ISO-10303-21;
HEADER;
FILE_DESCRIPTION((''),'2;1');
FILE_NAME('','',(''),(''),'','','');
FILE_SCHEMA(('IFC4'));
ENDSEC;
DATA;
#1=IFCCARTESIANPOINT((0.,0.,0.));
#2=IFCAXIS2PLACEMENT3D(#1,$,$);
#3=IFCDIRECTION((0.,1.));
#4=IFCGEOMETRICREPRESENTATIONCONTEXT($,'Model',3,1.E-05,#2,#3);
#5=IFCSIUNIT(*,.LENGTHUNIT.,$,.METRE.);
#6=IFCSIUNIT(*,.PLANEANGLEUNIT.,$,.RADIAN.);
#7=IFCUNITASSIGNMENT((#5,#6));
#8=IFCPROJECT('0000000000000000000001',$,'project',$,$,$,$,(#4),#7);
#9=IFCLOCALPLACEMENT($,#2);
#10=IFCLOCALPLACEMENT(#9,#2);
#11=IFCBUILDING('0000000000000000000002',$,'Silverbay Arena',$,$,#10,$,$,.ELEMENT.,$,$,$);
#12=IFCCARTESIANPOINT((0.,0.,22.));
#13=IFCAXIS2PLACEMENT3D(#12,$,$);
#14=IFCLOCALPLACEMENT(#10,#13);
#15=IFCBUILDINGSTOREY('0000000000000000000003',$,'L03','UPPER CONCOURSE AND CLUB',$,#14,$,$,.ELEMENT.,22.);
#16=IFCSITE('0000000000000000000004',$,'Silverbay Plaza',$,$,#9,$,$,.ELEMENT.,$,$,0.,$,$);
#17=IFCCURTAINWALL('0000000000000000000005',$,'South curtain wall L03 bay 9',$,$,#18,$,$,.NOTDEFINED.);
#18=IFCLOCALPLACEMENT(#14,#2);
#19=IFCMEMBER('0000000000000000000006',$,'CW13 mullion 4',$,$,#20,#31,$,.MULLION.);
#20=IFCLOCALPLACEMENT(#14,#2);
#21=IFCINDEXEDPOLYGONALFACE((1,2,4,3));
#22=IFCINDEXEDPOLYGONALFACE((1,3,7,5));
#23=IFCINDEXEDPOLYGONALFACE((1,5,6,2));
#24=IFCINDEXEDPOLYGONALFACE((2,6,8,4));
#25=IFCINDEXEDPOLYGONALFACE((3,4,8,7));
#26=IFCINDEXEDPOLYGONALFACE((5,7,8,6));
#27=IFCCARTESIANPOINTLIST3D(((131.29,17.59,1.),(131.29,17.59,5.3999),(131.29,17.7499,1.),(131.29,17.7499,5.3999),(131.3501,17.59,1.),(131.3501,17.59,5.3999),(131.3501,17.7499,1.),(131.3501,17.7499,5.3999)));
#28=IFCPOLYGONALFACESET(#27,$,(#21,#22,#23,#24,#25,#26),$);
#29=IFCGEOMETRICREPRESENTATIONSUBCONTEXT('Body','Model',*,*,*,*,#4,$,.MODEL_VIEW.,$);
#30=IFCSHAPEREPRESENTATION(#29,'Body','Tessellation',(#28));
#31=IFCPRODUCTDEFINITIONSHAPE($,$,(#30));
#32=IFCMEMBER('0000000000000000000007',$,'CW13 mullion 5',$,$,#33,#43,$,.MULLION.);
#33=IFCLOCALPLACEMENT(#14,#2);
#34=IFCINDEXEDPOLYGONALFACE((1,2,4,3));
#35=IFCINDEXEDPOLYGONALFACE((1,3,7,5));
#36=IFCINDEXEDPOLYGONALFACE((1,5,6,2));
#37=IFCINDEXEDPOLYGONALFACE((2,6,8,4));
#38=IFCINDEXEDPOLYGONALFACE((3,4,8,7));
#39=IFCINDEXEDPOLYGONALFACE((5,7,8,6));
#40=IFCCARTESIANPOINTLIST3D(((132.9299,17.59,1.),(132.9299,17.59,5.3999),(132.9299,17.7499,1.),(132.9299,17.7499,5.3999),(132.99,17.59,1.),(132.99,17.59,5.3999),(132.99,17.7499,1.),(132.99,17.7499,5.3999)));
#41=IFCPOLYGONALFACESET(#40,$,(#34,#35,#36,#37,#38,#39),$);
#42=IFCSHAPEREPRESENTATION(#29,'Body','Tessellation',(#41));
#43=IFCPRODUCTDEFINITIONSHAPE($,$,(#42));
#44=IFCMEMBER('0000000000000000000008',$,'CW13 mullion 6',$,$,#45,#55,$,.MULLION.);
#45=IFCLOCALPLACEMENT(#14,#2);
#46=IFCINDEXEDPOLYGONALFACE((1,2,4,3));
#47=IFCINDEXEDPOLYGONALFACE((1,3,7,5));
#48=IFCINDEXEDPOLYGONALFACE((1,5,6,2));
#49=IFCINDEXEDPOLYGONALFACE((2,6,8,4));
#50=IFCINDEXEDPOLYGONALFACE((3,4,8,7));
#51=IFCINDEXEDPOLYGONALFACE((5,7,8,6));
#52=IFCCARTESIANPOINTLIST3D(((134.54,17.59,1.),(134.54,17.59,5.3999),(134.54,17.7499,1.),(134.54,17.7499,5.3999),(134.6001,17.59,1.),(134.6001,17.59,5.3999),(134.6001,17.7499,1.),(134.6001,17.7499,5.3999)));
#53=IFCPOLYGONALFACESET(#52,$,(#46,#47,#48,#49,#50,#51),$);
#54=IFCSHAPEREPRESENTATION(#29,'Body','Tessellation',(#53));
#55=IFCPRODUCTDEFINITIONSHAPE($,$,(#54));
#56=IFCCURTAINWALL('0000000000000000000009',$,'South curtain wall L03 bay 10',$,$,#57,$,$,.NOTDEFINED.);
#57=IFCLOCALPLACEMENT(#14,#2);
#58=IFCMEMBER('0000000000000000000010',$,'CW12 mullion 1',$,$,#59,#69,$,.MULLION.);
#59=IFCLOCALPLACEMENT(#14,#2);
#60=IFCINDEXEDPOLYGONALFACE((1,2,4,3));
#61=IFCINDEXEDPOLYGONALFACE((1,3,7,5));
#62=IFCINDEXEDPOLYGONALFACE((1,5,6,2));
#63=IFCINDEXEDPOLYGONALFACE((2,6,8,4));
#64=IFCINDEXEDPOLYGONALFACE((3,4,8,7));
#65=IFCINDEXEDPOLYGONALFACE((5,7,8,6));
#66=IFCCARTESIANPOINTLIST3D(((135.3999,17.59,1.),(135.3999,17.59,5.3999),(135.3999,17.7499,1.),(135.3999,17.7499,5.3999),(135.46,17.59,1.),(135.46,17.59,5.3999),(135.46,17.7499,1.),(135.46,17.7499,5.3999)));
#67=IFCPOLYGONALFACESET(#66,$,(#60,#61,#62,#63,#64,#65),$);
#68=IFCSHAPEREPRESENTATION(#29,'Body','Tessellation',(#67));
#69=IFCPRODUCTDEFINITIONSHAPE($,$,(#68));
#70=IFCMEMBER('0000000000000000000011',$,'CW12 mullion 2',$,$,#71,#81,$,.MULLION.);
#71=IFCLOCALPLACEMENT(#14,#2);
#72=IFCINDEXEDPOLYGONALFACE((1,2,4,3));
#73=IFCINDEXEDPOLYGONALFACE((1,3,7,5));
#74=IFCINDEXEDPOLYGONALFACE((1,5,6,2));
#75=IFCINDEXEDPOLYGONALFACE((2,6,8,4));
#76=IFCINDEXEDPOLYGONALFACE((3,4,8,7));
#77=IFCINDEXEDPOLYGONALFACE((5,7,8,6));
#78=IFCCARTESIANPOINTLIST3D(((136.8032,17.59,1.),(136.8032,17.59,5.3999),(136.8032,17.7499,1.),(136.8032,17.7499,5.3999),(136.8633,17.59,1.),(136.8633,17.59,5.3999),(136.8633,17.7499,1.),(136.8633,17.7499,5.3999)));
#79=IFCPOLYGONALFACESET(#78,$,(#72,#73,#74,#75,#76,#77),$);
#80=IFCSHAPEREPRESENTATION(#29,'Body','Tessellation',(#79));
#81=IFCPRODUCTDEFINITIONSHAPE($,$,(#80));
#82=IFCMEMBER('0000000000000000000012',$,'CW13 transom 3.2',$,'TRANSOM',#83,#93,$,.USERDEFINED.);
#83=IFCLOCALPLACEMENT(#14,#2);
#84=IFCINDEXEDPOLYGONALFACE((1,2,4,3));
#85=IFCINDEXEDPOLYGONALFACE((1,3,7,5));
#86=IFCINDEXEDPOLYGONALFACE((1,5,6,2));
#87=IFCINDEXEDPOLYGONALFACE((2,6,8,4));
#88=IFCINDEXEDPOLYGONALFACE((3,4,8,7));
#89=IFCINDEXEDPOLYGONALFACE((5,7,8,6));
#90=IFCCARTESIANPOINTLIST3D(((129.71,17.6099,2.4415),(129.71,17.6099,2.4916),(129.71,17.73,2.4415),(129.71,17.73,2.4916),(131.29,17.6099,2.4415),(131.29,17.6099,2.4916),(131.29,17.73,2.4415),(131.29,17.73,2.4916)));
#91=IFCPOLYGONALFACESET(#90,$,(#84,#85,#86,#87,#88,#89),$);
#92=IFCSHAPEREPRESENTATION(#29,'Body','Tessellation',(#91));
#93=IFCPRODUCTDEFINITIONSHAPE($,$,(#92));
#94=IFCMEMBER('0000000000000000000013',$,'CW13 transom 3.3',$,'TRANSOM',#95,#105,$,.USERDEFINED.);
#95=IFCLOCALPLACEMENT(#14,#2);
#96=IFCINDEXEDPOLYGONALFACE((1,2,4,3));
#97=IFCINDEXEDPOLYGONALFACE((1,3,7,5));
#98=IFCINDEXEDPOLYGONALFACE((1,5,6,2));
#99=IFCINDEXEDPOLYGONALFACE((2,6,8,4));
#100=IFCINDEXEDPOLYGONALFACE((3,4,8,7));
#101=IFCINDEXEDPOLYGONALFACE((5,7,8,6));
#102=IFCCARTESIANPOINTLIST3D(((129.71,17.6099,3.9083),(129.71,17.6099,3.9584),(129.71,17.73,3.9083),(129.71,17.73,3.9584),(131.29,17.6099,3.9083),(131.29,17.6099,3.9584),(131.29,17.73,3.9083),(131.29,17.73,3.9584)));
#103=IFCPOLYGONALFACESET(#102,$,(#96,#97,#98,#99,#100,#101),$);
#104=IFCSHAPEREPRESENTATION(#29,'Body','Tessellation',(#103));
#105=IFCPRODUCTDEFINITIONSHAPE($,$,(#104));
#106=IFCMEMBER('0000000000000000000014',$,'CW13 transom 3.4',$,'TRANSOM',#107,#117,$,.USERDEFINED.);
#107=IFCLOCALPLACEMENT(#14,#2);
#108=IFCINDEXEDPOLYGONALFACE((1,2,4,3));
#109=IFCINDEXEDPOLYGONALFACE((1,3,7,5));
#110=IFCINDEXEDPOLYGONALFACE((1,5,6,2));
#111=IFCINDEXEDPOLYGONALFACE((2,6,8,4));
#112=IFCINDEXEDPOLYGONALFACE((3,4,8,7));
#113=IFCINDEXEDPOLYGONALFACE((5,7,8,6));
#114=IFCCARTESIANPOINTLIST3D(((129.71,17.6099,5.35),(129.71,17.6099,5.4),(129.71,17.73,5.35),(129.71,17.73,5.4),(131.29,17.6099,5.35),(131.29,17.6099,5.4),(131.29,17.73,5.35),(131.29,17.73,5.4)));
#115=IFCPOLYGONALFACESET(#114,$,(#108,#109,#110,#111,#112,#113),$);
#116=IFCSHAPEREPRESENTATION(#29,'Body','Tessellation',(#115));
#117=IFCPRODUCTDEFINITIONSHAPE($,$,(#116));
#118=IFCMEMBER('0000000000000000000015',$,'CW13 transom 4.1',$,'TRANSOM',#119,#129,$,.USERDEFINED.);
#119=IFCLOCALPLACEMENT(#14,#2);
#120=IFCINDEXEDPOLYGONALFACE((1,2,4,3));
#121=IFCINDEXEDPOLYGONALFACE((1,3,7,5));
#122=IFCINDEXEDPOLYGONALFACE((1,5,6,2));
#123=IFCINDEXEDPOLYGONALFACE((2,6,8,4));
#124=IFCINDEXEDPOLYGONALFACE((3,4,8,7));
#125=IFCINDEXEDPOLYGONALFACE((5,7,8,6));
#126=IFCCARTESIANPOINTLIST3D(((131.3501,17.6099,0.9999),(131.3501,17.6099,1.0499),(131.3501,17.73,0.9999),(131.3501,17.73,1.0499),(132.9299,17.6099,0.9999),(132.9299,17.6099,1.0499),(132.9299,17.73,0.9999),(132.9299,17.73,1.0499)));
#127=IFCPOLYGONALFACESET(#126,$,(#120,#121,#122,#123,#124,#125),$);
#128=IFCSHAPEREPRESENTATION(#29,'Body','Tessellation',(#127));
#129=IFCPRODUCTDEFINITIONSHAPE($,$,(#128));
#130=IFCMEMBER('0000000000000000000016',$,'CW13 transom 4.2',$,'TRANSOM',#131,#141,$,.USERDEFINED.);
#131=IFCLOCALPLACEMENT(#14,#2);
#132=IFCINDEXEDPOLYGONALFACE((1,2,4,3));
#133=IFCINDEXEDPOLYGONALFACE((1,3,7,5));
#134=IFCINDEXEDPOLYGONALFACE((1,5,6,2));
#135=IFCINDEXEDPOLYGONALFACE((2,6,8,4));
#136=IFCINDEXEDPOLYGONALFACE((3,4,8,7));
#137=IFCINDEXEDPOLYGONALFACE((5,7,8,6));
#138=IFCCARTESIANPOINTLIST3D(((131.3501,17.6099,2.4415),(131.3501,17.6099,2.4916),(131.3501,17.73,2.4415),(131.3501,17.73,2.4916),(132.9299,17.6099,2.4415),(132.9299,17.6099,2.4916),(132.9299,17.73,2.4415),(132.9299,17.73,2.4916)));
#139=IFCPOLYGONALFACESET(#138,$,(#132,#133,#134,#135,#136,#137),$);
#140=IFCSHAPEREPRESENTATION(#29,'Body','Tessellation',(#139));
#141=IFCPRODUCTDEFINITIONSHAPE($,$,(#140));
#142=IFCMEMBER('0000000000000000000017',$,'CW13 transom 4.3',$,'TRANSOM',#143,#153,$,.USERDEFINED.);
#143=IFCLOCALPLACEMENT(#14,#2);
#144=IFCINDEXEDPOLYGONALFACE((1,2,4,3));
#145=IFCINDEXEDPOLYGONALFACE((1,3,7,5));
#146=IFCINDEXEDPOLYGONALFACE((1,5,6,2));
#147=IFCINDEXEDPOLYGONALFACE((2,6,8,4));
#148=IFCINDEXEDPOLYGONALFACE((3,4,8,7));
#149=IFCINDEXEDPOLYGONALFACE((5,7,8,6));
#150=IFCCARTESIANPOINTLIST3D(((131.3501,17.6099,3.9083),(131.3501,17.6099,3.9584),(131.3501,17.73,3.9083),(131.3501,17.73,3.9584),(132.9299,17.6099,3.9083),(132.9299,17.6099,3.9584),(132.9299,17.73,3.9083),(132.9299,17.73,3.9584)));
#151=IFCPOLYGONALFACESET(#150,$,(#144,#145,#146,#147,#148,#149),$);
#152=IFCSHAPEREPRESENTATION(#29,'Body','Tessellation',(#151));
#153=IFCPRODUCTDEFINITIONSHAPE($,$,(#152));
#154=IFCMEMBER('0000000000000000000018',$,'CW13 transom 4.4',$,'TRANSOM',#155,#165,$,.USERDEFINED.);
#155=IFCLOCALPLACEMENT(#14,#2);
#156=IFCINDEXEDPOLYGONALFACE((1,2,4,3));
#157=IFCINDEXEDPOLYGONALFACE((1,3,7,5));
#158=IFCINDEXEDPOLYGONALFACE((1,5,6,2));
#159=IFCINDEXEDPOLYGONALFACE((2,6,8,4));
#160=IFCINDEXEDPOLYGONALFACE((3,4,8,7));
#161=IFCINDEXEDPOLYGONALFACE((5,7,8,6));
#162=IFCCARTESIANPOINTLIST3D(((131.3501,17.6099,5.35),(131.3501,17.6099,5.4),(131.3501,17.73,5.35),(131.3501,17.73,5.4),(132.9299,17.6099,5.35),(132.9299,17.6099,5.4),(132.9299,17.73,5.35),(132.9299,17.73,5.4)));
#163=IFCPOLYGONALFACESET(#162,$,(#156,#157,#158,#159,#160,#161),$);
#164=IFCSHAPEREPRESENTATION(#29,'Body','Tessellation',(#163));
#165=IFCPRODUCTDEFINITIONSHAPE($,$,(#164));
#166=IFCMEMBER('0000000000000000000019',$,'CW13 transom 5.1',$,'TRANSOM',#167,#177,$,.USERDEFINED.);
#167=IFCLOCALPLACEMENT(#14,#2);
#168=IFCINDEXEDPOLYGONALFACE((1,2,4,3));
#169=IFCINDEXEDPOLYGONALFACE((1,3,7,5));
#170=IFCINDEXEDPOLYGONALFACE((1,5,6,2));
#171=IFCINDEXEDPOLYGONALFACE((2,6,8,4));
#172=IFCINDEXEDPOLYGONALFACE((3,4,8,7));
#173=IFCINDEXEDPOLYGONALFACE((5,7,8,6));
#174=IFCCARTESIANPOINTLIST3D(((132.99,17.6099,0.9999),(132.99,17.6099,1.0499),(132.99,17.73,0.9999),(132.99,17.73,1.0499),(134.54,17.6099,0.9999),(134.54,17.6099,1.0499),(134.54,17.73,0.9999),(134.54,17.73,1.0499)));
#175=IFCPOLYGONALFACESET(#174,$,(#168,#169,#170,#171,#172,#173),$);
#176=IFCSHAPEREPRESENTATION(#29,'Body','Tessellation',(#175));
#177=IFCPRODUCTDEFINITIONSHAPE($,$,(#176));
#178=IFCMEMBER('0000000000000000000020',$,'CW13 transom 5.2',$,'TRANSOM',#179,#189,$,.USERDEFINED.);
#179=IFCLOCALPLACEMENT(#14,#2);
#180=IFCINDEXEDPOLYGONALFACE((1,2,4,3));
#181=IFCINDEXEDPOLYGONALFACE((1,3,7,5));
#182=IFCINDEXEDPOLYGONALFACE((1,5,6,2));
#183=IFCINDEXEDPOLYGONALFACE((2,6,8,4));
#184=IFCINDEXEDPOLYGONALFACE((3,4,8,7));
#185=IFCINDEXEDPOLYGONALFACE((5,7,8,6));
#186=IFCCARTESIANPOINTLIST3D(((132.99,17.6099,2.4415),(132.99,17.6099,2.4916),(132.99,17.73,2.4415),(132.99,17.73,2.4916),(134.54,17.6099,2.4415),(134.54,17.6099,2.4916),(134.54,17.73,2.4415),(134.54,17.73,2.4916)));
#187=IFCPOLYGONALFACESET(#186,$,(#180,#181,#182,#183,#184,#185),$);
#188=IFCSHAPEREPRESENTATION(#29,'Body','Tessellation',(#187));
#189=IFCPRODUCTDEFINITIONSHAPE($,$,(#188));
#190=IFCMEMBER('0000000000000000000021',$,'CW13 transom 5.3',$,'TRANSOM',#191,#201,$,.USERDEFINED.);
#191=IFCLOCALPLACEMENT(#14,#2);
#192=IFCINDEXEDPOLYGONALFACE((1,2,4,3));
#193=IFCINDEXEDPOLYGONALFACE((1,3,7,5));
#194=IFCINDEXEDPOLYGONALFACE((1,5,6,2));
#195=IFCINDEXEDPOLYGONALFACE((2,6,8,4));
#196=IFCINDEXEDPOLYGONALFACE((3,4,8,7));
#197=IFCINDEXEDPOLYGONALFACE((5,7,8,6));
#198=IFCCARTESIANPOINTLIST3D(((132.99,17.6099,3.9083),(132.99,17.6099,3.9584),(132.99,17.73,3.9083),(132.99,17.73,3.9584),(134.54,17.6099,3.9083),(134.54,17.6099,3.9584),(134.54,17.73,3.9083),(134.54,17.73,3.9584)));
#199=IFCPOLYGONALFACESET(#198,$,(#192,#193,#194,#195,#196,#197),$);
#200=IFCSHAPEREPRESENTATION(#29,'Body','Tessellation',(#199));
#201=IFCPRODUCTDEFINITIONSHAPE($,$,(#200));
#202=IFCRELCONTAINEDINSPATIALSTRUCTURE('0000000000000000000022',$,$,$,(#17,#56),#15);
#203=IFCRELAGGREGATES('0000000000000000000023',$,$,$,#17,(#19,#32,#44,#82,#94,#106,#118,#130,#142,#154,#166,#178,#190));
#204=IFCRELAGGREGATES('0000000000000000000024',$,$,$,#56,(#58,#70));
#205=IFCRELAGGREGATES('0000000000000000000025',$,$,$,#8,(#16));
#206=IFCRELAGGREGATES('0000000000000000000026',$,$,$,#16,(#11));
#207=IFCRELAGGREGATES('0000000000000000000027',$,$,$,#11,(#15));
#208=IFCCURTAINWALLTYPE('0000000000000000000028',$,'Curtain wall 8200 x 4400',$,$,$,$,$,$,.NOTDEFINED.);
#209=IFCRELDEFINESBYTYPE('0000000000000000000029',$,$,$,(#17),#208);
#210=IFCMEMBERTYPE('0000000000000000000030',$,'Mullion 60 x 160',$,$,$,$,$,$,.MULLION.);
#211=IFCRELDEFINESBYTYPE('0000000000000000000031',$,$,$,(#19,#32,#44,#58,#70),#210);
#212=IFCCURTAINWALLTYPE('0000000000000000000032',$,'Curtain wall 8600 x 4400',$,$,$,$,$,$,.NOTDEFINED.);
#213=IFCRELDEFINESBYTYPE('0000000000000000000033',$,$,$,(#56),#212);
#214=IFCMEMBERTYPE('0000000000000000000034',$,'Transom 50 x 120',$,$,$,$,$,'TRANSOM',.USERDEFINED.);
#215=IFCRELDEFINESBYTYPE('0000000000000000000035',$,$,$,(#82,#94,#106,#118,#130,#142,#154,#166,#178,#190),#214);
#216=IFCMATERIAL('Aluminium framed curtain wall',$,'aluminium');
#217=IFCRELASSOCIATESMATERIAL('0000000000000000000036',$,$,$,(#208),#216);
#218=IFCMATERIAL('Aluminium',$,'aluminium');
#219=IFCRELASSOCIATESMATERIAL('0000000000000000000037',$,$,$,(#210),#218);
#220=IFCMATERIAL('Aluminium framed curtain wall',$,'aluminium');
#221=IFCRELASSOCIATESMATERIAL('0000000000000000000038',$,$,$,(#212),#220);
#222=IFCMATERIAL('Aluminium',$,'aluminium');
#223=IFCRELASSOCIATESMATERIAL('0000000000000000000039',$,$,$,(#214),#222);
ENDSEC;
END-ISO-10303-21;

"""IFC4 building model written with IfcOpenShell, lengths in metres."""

from ifc_helpers import new_model, si_unit, direction, frame, origin, origin_2d, place, context, subcontext, project, spatial, rectangle, extrude, material, material_profile, profile_set, type_object, element, aggregate, save


model = new_model("IFC4")

# Units and contexts
model_context = context("Model", 3, precision=1e-05, world=origin(), true_north=direction((0.0, 1.0)))
body_context = subcontext(model_context, "Body", "Model", "MODEL_VIEW")
ifc_project = project(units=[si_unit("LENGTHUNIT", "METRE"), si_unit("PLANEANGLEUNIT", "RADIAN")], contexts=[model_context])

# Site, building, storey
site_placement = place(None, origin())
site = spatial("IfcSite", under=ifc_project, at=site_placement, Name="Silverbay Plaza", CompositionType="ELEMENT", RefElevation=0.0)
building_placement = place(site_placement, origin())
building = spatial("IfcBuilding", under=site, at=building_placement, Name="Silverbay Arena", CompositionType="ELEMENT")
storey_placement = place(building_placement, frame((0.0, 0.0, 22.0)))
storey = spatial("IfcBuildingStorey", under=building, at=storey_placement, Name="L03", Description="UPPER CONCOURSE AND CLUB", CompositionType="ELEMENT", Elevation=22.0)

# Curtain walls, members
ifc_material_1 = material(Name="Aluminium framed curtain wall", Category="aluminium")
curtain_wall_type_1 = type_object("IfcCurtainWallType", Name="Curtain wall 8200 x 4400", PredefinedType="NOTDEFINED", material=ifc_material_1)
curtain_wall_1_placement = place(storey_placement, origin())
curtain_wall_1 = element("IfcCurtainWall", 1, at=curtain_wall_1_placement, inside=storey, type_object=curtain_wall_type_1, Name="South curtain wall L03 bay 9", PredefinedType="NOTDEFINED")
ifc_material_2 = material(Name="Aluminium", Category="aluminium")
ifc_material_profile_1 = material_profile(ifc_material_2, rectangle(XDim=0.1599, YDim=0.0601, at=origin_2d()), Name="Mullion 60 x 160")
ifc_profile_set_1 = profile_set([ifc_material_profile_1], Name="Aluminium")
member_type_1 = type_object("IfcMemberType", Name="Mullion 60 x 160", PredefinedType="MULLION", material=ifc_profile_set_1)
member_1_placement = place(storey_placement, frame((131.3201, 17.6699, 1.0), z_axis=(0.0, 0.0, 1.0), x_axis=(0.0, 1.0, 0.0)))
member_1 = element("IfcMember", 2, at=member_1_placement, type_object=member_type_1, Name="CW13 mullion 4", PredefinedType="MULLION", context=body_context, shape_type="SweptSolid", body=[
    extrude(rectangle(XDim=0.1599, YDim=0.0601, at=origin_2d()), origin(), (0.0, 0.0, 1.0), 4.3999),
])
member_2_placement = place(storey_placement, frame((132.96, 17.6699, 1.0), z_axis=(0.0, 0.0, 1.0), x_axis=(0.0, 1.0, 0.0)))
member_2 = element("IfcMember", 3, at=member_2_placement, type_object=member_type_1, Name="CW13 mullion 5", PredefinedType="MULLION", context=body_context, shape_type="SweptSolid", body=[
    extrude(rectangle(XDim=0.1599, YDim=0.0601, at=origin_2d()), origin(), (0.0, 0.0, 1.0), 4.3999),
])
member_3_placement = place(storey_placement, frame((134.5701, 17.6699, 1.0), z_axis=(0.0, 0.0, 1.0), x_axis=(0.0, 1.0, 0.0)))
member_3 = element("IfcMember", 4, at=member_3_placement, type_object=member_type_1, Name="CW13 mullion 6", PredefinedType="MULLION", context=body_context, shape_type="SweptSolid", body=[
    extrude(rectangle(XDim=0.1599, YDim=0.0601, at=origin_2d()), origin(), (0.0, 0.0, 1.0), 4.3999),
])
ifc_material_3 = material(Name="Aluminium framed curtain wall", Category="aluminium")
curtain_wall_type_2 = type_object("IfcCurtainWallType", Name="Curtain wall 8600 x 4400", PredefinedType="NOTDEFINED", material=ifc_material_3)
curtain_wall_2_placement = place(storey_placement, origin())
curtain_wall_2 = element("IfcCurtainWall", 5, at=curtain_wall_2_placement, inside=storey, type_object=curtain_wall_type_2, Name="South curtain wall L03 bay 10", PredefinedType="NOTDEFINED")
member_4_placement = place(storey_placement, frame((135.4299, 17.6699, 1.0), z_axis=(0.0, 0.0, 1.0), x_axis=(0.0, 1.0, 0.0)))
member_4 = element("IfcMember", 6, at=member_4_placement, type_object=member_type_1, Name="CW12 mullion 1", PredefinedType="MULLION", context=body_context, shape_type="SweptSolid", body=[
    extrude(rectangle(XDim=0.1599, YDim=0.0601, at=origin_2d()), origin(), (0.0, 0.0, 1.0), 4.3999),
])
member_5_placement = place(storey_placement, frame((136.8333, 17.6699, 1.0), z_axis=(0.0, 0.0, 1.0), x_axis=(0.0, 1.0, 0.0)))
member_5 = element("IfcMember", 7, at=member_5_placement, type_object=member_type_1, Name="CW12 mullion 2", PredefinedType="MULLION", context=body_context, shape_type="SweptSolid", body=[
    extrude(rectangle(XDim=0.1599, YDim=0.0601, at=origin_2d()), origin(), (0.0, 0.0, 1.0), 4.3999),
])

# Members
ifc_material_4 = material(Name="Aluminium", Category="aluminium")
ifc_material_profile_2 = material_profile(ifc_material_4, rectangle(XDim=0.1201, YDim=0.05, at=origin_2d()), Name="Transom 50 x 120")
ifc_profile_set_2 = profile_set([ifc_material_profile_2], Name="Aluminium")
member_type_2 = type_object("IfcMemberType", Name="Transom 50 x 120", ElementType="TRANSOM", PredefinedType="USERDEFINED", material=ifc_profile_set_2)
member_6_placement = place(storey_placement, frame((129.71, 17.6699, 2.4666), z_axis=(1.0, 0.0, 0.0), x_axis=(0.0, 1.0, 0.0)))
member_6 = element("IfcMember", 8, at=member_6_placement, type_object=member_type_2, Name="CW13 transom 3.2", ObjectType="TRANSOM", PredefinedType="USERDEFINED", context=body_context, shape_type="SweptSolid", body=[
    extrude(rectangle(XDim=0.1201, YDim=0.05, at=origin_2d()), origin(), (0.0, 0.0, 1.0), 1.5801),
])
member_7_placement = place(storey_placement, frame((129.71, 17.6699, 3.9333), z_axis=(1.0, 0.0, 0.0), x_axis=(0.0, 1.0, 0.0)))
member_7 = element("IfcMember", 9, at=member_7_placement, type_object=member_type_2, Name="CW13 transom 3.3", ObjectType="TRANSOM", PredefinedType="USERDEFINED", context=body_context, shape_type="SweptSolid", body=[
    extrude(rectangle(XDim=0.1201, YDim=0.05, at=origin_2d()), origin(), (0.0, 0.0, 1.0), 1.5801),
])
member_8_placement = place(storey_placement, frame((129.71, 17.6699, 5.375), z_axis=(1.0, 0.0, 0.0), x_axis=(0.0, 1.0, 0.0)))
member_8 = element("IfcMember", 10, at=member_8_placement, type_object=member_type_2, Name="CW13 transom 3.4", ObjectType="TRANSOM", PredefinedType="USERDEFINED", context=body_context, shape_type="SweptSolid", body=[
    extrude(rectangle(XDim=0.1201, YDim=0.05, at=origin_2d()), origin(), (0.0, 0.0, 1.0), 1.5801),
])
member_9_placement = place(storey_placement, frame((131.3501, 17.6699, 1.0249), z_axis=(1.0, 0.0, 0.0), x_axis=(0.0, 1.0, 0.0)))
member_9 = element("IfcMember", 11, at=member_9_placement, type_object=member_type_2, Name="CW13 transom 4.1", ObjectType="TRANSOM", PredefinedType="USERDEFINED", context=body_context, shape_type="SweptSolid", body=[
    extrude(rectangle(XDim=0.1201, YDim=0.05, at=origin_2d()), origin(), (0.0, 0.0, 1.0), 1.5798),
])
member_10_placement = place(storey_placement, frame((131.3501, 17.6699, 2.4666), z_axis=(1.0, 0.0, 0.0), x_axis=(0.0, 1.0, 0.0)))
member_10 = element("IfcMember", 12, at=member_10_placement, type_object=member_type_2, Name="CW13 transom 4.2", ObjectType="TRANSOM", PredefinedType="USERDEFINED", context=body_context, shape_type="SweptSolid", body=[
    extrude(rectangle(XDim=0.1201, YDim=0.05, at=origin_2d()), origin(), (0.0, 0.0, 1.0), 1.5798),
])
member_11_placement = place(storey_placement, frame((131.3501, 17.6699, 3.9333), z_axis=(1.0, 0.0, 0.0), x_axis=(0.0, 1.0, 0.0)))
member_11 = element("IfcMember", 13, at=member_11_placement, type_object=member_type_2, Name="CW13 transom 4.3", ObjectType="TRANSOM", PredefinedType="USERDEFINED", context=body_context, shape_type="SweptSolid", body=[
    extrude(rectangle(XDim=0.1201, YDim=0.05, at=origin_2d()), origin(), (0.0, 0.0, 1.0), 1.5798),
])
member_12_placement = place(storey_placement, frame((131.3501, 17.6699, 5.375), z_axis=(1.0, 0.0, 0.0), x_axis=(0.0, 1.0, 0.0)))
member_12 = element("IfcMember", 14, at=member_12_placement, type_object=member_type_2, Name="CW13 transom 4.4", ObjectType="TRANSOM", PredefinedType="USERDEFINED", context=body_context, shape_type="SweptSolid", body=[
    extrude(rectangle(XDim=0.1201, YDim=0.05, at=origin_2d()), origin(), (0.0, 0.0, 1.0), 1.5798),
])
member_13_placement = place(storey_placement, frame((132.99, 17.6699, 1.0249), z_axis=(1.0, 0.0, 0.0), x_axis=(0.0, 1.0, 0.0)))
member_13 = element("IfcMember", 15, at=member_13_placement, type_object=member_type_2, Name="CW13 transom 5.1", ObjectType="TRANSOM", PredefinedType="USERDEFINED", context=body_context, shape_type="SweptSolid", body=[
    extrude(rectangle(XDim=0.1201, YDim=0.05, at=origin_2d()), origin(), (0.0, 0.0, 1.0), 1.55),
])
member_14_placement = place(storey_placement, frame((132.99, 17.6699, 2.4666), z_axis=(1.0, 0.0, 0.0), x_axis=(0.0, 1.0, 0.0)))
member_14 = element("IfcMember", 16, at=member_14_placement, type_object=member_type_2, Name="CW13 transom 5.2", ObjectType="TRANSOM", PredefinedType="USERDEFINED", context=body_context, shape_type="SweptSolid", body=[
    extrude(rectangle(XDim=0.1201, YDim=0.05, at=origin_2d()), origin(), (0.0, 0.0, 1.0), 1.55),
])
member_15_placement = place(storey_placement, frame((132.99, 17.6699, 3.9333), z_axis=(1.0, 0.0, 0.0), x_axis=(0.0, 1.0, 0.0)))
member_15 = element("IfcMember", 17, at=member_15_placement, type_object=member_type_2, Name="CW13 transom 5.3", ObjectType="TRANSOM", PredefinedType="USERDEFINED", context=body_context, shape_type="SweptSolid", body=[
    extrude(rectangle(XDim=0.1201, YDim=0.05, at=origin_2d()), origin(), (0.0, 0.0, 1.0), 1.55),
])

aggregate(curtain_wall_1, [member_1, member_2, member_3, member_6, member_7, member_8, member_9, member_10, member_11, member_12, member_13, member_14, member_15])
aggregate(curtain_wall_2, [member_4, member_5])

save(model, "model.ifc")
